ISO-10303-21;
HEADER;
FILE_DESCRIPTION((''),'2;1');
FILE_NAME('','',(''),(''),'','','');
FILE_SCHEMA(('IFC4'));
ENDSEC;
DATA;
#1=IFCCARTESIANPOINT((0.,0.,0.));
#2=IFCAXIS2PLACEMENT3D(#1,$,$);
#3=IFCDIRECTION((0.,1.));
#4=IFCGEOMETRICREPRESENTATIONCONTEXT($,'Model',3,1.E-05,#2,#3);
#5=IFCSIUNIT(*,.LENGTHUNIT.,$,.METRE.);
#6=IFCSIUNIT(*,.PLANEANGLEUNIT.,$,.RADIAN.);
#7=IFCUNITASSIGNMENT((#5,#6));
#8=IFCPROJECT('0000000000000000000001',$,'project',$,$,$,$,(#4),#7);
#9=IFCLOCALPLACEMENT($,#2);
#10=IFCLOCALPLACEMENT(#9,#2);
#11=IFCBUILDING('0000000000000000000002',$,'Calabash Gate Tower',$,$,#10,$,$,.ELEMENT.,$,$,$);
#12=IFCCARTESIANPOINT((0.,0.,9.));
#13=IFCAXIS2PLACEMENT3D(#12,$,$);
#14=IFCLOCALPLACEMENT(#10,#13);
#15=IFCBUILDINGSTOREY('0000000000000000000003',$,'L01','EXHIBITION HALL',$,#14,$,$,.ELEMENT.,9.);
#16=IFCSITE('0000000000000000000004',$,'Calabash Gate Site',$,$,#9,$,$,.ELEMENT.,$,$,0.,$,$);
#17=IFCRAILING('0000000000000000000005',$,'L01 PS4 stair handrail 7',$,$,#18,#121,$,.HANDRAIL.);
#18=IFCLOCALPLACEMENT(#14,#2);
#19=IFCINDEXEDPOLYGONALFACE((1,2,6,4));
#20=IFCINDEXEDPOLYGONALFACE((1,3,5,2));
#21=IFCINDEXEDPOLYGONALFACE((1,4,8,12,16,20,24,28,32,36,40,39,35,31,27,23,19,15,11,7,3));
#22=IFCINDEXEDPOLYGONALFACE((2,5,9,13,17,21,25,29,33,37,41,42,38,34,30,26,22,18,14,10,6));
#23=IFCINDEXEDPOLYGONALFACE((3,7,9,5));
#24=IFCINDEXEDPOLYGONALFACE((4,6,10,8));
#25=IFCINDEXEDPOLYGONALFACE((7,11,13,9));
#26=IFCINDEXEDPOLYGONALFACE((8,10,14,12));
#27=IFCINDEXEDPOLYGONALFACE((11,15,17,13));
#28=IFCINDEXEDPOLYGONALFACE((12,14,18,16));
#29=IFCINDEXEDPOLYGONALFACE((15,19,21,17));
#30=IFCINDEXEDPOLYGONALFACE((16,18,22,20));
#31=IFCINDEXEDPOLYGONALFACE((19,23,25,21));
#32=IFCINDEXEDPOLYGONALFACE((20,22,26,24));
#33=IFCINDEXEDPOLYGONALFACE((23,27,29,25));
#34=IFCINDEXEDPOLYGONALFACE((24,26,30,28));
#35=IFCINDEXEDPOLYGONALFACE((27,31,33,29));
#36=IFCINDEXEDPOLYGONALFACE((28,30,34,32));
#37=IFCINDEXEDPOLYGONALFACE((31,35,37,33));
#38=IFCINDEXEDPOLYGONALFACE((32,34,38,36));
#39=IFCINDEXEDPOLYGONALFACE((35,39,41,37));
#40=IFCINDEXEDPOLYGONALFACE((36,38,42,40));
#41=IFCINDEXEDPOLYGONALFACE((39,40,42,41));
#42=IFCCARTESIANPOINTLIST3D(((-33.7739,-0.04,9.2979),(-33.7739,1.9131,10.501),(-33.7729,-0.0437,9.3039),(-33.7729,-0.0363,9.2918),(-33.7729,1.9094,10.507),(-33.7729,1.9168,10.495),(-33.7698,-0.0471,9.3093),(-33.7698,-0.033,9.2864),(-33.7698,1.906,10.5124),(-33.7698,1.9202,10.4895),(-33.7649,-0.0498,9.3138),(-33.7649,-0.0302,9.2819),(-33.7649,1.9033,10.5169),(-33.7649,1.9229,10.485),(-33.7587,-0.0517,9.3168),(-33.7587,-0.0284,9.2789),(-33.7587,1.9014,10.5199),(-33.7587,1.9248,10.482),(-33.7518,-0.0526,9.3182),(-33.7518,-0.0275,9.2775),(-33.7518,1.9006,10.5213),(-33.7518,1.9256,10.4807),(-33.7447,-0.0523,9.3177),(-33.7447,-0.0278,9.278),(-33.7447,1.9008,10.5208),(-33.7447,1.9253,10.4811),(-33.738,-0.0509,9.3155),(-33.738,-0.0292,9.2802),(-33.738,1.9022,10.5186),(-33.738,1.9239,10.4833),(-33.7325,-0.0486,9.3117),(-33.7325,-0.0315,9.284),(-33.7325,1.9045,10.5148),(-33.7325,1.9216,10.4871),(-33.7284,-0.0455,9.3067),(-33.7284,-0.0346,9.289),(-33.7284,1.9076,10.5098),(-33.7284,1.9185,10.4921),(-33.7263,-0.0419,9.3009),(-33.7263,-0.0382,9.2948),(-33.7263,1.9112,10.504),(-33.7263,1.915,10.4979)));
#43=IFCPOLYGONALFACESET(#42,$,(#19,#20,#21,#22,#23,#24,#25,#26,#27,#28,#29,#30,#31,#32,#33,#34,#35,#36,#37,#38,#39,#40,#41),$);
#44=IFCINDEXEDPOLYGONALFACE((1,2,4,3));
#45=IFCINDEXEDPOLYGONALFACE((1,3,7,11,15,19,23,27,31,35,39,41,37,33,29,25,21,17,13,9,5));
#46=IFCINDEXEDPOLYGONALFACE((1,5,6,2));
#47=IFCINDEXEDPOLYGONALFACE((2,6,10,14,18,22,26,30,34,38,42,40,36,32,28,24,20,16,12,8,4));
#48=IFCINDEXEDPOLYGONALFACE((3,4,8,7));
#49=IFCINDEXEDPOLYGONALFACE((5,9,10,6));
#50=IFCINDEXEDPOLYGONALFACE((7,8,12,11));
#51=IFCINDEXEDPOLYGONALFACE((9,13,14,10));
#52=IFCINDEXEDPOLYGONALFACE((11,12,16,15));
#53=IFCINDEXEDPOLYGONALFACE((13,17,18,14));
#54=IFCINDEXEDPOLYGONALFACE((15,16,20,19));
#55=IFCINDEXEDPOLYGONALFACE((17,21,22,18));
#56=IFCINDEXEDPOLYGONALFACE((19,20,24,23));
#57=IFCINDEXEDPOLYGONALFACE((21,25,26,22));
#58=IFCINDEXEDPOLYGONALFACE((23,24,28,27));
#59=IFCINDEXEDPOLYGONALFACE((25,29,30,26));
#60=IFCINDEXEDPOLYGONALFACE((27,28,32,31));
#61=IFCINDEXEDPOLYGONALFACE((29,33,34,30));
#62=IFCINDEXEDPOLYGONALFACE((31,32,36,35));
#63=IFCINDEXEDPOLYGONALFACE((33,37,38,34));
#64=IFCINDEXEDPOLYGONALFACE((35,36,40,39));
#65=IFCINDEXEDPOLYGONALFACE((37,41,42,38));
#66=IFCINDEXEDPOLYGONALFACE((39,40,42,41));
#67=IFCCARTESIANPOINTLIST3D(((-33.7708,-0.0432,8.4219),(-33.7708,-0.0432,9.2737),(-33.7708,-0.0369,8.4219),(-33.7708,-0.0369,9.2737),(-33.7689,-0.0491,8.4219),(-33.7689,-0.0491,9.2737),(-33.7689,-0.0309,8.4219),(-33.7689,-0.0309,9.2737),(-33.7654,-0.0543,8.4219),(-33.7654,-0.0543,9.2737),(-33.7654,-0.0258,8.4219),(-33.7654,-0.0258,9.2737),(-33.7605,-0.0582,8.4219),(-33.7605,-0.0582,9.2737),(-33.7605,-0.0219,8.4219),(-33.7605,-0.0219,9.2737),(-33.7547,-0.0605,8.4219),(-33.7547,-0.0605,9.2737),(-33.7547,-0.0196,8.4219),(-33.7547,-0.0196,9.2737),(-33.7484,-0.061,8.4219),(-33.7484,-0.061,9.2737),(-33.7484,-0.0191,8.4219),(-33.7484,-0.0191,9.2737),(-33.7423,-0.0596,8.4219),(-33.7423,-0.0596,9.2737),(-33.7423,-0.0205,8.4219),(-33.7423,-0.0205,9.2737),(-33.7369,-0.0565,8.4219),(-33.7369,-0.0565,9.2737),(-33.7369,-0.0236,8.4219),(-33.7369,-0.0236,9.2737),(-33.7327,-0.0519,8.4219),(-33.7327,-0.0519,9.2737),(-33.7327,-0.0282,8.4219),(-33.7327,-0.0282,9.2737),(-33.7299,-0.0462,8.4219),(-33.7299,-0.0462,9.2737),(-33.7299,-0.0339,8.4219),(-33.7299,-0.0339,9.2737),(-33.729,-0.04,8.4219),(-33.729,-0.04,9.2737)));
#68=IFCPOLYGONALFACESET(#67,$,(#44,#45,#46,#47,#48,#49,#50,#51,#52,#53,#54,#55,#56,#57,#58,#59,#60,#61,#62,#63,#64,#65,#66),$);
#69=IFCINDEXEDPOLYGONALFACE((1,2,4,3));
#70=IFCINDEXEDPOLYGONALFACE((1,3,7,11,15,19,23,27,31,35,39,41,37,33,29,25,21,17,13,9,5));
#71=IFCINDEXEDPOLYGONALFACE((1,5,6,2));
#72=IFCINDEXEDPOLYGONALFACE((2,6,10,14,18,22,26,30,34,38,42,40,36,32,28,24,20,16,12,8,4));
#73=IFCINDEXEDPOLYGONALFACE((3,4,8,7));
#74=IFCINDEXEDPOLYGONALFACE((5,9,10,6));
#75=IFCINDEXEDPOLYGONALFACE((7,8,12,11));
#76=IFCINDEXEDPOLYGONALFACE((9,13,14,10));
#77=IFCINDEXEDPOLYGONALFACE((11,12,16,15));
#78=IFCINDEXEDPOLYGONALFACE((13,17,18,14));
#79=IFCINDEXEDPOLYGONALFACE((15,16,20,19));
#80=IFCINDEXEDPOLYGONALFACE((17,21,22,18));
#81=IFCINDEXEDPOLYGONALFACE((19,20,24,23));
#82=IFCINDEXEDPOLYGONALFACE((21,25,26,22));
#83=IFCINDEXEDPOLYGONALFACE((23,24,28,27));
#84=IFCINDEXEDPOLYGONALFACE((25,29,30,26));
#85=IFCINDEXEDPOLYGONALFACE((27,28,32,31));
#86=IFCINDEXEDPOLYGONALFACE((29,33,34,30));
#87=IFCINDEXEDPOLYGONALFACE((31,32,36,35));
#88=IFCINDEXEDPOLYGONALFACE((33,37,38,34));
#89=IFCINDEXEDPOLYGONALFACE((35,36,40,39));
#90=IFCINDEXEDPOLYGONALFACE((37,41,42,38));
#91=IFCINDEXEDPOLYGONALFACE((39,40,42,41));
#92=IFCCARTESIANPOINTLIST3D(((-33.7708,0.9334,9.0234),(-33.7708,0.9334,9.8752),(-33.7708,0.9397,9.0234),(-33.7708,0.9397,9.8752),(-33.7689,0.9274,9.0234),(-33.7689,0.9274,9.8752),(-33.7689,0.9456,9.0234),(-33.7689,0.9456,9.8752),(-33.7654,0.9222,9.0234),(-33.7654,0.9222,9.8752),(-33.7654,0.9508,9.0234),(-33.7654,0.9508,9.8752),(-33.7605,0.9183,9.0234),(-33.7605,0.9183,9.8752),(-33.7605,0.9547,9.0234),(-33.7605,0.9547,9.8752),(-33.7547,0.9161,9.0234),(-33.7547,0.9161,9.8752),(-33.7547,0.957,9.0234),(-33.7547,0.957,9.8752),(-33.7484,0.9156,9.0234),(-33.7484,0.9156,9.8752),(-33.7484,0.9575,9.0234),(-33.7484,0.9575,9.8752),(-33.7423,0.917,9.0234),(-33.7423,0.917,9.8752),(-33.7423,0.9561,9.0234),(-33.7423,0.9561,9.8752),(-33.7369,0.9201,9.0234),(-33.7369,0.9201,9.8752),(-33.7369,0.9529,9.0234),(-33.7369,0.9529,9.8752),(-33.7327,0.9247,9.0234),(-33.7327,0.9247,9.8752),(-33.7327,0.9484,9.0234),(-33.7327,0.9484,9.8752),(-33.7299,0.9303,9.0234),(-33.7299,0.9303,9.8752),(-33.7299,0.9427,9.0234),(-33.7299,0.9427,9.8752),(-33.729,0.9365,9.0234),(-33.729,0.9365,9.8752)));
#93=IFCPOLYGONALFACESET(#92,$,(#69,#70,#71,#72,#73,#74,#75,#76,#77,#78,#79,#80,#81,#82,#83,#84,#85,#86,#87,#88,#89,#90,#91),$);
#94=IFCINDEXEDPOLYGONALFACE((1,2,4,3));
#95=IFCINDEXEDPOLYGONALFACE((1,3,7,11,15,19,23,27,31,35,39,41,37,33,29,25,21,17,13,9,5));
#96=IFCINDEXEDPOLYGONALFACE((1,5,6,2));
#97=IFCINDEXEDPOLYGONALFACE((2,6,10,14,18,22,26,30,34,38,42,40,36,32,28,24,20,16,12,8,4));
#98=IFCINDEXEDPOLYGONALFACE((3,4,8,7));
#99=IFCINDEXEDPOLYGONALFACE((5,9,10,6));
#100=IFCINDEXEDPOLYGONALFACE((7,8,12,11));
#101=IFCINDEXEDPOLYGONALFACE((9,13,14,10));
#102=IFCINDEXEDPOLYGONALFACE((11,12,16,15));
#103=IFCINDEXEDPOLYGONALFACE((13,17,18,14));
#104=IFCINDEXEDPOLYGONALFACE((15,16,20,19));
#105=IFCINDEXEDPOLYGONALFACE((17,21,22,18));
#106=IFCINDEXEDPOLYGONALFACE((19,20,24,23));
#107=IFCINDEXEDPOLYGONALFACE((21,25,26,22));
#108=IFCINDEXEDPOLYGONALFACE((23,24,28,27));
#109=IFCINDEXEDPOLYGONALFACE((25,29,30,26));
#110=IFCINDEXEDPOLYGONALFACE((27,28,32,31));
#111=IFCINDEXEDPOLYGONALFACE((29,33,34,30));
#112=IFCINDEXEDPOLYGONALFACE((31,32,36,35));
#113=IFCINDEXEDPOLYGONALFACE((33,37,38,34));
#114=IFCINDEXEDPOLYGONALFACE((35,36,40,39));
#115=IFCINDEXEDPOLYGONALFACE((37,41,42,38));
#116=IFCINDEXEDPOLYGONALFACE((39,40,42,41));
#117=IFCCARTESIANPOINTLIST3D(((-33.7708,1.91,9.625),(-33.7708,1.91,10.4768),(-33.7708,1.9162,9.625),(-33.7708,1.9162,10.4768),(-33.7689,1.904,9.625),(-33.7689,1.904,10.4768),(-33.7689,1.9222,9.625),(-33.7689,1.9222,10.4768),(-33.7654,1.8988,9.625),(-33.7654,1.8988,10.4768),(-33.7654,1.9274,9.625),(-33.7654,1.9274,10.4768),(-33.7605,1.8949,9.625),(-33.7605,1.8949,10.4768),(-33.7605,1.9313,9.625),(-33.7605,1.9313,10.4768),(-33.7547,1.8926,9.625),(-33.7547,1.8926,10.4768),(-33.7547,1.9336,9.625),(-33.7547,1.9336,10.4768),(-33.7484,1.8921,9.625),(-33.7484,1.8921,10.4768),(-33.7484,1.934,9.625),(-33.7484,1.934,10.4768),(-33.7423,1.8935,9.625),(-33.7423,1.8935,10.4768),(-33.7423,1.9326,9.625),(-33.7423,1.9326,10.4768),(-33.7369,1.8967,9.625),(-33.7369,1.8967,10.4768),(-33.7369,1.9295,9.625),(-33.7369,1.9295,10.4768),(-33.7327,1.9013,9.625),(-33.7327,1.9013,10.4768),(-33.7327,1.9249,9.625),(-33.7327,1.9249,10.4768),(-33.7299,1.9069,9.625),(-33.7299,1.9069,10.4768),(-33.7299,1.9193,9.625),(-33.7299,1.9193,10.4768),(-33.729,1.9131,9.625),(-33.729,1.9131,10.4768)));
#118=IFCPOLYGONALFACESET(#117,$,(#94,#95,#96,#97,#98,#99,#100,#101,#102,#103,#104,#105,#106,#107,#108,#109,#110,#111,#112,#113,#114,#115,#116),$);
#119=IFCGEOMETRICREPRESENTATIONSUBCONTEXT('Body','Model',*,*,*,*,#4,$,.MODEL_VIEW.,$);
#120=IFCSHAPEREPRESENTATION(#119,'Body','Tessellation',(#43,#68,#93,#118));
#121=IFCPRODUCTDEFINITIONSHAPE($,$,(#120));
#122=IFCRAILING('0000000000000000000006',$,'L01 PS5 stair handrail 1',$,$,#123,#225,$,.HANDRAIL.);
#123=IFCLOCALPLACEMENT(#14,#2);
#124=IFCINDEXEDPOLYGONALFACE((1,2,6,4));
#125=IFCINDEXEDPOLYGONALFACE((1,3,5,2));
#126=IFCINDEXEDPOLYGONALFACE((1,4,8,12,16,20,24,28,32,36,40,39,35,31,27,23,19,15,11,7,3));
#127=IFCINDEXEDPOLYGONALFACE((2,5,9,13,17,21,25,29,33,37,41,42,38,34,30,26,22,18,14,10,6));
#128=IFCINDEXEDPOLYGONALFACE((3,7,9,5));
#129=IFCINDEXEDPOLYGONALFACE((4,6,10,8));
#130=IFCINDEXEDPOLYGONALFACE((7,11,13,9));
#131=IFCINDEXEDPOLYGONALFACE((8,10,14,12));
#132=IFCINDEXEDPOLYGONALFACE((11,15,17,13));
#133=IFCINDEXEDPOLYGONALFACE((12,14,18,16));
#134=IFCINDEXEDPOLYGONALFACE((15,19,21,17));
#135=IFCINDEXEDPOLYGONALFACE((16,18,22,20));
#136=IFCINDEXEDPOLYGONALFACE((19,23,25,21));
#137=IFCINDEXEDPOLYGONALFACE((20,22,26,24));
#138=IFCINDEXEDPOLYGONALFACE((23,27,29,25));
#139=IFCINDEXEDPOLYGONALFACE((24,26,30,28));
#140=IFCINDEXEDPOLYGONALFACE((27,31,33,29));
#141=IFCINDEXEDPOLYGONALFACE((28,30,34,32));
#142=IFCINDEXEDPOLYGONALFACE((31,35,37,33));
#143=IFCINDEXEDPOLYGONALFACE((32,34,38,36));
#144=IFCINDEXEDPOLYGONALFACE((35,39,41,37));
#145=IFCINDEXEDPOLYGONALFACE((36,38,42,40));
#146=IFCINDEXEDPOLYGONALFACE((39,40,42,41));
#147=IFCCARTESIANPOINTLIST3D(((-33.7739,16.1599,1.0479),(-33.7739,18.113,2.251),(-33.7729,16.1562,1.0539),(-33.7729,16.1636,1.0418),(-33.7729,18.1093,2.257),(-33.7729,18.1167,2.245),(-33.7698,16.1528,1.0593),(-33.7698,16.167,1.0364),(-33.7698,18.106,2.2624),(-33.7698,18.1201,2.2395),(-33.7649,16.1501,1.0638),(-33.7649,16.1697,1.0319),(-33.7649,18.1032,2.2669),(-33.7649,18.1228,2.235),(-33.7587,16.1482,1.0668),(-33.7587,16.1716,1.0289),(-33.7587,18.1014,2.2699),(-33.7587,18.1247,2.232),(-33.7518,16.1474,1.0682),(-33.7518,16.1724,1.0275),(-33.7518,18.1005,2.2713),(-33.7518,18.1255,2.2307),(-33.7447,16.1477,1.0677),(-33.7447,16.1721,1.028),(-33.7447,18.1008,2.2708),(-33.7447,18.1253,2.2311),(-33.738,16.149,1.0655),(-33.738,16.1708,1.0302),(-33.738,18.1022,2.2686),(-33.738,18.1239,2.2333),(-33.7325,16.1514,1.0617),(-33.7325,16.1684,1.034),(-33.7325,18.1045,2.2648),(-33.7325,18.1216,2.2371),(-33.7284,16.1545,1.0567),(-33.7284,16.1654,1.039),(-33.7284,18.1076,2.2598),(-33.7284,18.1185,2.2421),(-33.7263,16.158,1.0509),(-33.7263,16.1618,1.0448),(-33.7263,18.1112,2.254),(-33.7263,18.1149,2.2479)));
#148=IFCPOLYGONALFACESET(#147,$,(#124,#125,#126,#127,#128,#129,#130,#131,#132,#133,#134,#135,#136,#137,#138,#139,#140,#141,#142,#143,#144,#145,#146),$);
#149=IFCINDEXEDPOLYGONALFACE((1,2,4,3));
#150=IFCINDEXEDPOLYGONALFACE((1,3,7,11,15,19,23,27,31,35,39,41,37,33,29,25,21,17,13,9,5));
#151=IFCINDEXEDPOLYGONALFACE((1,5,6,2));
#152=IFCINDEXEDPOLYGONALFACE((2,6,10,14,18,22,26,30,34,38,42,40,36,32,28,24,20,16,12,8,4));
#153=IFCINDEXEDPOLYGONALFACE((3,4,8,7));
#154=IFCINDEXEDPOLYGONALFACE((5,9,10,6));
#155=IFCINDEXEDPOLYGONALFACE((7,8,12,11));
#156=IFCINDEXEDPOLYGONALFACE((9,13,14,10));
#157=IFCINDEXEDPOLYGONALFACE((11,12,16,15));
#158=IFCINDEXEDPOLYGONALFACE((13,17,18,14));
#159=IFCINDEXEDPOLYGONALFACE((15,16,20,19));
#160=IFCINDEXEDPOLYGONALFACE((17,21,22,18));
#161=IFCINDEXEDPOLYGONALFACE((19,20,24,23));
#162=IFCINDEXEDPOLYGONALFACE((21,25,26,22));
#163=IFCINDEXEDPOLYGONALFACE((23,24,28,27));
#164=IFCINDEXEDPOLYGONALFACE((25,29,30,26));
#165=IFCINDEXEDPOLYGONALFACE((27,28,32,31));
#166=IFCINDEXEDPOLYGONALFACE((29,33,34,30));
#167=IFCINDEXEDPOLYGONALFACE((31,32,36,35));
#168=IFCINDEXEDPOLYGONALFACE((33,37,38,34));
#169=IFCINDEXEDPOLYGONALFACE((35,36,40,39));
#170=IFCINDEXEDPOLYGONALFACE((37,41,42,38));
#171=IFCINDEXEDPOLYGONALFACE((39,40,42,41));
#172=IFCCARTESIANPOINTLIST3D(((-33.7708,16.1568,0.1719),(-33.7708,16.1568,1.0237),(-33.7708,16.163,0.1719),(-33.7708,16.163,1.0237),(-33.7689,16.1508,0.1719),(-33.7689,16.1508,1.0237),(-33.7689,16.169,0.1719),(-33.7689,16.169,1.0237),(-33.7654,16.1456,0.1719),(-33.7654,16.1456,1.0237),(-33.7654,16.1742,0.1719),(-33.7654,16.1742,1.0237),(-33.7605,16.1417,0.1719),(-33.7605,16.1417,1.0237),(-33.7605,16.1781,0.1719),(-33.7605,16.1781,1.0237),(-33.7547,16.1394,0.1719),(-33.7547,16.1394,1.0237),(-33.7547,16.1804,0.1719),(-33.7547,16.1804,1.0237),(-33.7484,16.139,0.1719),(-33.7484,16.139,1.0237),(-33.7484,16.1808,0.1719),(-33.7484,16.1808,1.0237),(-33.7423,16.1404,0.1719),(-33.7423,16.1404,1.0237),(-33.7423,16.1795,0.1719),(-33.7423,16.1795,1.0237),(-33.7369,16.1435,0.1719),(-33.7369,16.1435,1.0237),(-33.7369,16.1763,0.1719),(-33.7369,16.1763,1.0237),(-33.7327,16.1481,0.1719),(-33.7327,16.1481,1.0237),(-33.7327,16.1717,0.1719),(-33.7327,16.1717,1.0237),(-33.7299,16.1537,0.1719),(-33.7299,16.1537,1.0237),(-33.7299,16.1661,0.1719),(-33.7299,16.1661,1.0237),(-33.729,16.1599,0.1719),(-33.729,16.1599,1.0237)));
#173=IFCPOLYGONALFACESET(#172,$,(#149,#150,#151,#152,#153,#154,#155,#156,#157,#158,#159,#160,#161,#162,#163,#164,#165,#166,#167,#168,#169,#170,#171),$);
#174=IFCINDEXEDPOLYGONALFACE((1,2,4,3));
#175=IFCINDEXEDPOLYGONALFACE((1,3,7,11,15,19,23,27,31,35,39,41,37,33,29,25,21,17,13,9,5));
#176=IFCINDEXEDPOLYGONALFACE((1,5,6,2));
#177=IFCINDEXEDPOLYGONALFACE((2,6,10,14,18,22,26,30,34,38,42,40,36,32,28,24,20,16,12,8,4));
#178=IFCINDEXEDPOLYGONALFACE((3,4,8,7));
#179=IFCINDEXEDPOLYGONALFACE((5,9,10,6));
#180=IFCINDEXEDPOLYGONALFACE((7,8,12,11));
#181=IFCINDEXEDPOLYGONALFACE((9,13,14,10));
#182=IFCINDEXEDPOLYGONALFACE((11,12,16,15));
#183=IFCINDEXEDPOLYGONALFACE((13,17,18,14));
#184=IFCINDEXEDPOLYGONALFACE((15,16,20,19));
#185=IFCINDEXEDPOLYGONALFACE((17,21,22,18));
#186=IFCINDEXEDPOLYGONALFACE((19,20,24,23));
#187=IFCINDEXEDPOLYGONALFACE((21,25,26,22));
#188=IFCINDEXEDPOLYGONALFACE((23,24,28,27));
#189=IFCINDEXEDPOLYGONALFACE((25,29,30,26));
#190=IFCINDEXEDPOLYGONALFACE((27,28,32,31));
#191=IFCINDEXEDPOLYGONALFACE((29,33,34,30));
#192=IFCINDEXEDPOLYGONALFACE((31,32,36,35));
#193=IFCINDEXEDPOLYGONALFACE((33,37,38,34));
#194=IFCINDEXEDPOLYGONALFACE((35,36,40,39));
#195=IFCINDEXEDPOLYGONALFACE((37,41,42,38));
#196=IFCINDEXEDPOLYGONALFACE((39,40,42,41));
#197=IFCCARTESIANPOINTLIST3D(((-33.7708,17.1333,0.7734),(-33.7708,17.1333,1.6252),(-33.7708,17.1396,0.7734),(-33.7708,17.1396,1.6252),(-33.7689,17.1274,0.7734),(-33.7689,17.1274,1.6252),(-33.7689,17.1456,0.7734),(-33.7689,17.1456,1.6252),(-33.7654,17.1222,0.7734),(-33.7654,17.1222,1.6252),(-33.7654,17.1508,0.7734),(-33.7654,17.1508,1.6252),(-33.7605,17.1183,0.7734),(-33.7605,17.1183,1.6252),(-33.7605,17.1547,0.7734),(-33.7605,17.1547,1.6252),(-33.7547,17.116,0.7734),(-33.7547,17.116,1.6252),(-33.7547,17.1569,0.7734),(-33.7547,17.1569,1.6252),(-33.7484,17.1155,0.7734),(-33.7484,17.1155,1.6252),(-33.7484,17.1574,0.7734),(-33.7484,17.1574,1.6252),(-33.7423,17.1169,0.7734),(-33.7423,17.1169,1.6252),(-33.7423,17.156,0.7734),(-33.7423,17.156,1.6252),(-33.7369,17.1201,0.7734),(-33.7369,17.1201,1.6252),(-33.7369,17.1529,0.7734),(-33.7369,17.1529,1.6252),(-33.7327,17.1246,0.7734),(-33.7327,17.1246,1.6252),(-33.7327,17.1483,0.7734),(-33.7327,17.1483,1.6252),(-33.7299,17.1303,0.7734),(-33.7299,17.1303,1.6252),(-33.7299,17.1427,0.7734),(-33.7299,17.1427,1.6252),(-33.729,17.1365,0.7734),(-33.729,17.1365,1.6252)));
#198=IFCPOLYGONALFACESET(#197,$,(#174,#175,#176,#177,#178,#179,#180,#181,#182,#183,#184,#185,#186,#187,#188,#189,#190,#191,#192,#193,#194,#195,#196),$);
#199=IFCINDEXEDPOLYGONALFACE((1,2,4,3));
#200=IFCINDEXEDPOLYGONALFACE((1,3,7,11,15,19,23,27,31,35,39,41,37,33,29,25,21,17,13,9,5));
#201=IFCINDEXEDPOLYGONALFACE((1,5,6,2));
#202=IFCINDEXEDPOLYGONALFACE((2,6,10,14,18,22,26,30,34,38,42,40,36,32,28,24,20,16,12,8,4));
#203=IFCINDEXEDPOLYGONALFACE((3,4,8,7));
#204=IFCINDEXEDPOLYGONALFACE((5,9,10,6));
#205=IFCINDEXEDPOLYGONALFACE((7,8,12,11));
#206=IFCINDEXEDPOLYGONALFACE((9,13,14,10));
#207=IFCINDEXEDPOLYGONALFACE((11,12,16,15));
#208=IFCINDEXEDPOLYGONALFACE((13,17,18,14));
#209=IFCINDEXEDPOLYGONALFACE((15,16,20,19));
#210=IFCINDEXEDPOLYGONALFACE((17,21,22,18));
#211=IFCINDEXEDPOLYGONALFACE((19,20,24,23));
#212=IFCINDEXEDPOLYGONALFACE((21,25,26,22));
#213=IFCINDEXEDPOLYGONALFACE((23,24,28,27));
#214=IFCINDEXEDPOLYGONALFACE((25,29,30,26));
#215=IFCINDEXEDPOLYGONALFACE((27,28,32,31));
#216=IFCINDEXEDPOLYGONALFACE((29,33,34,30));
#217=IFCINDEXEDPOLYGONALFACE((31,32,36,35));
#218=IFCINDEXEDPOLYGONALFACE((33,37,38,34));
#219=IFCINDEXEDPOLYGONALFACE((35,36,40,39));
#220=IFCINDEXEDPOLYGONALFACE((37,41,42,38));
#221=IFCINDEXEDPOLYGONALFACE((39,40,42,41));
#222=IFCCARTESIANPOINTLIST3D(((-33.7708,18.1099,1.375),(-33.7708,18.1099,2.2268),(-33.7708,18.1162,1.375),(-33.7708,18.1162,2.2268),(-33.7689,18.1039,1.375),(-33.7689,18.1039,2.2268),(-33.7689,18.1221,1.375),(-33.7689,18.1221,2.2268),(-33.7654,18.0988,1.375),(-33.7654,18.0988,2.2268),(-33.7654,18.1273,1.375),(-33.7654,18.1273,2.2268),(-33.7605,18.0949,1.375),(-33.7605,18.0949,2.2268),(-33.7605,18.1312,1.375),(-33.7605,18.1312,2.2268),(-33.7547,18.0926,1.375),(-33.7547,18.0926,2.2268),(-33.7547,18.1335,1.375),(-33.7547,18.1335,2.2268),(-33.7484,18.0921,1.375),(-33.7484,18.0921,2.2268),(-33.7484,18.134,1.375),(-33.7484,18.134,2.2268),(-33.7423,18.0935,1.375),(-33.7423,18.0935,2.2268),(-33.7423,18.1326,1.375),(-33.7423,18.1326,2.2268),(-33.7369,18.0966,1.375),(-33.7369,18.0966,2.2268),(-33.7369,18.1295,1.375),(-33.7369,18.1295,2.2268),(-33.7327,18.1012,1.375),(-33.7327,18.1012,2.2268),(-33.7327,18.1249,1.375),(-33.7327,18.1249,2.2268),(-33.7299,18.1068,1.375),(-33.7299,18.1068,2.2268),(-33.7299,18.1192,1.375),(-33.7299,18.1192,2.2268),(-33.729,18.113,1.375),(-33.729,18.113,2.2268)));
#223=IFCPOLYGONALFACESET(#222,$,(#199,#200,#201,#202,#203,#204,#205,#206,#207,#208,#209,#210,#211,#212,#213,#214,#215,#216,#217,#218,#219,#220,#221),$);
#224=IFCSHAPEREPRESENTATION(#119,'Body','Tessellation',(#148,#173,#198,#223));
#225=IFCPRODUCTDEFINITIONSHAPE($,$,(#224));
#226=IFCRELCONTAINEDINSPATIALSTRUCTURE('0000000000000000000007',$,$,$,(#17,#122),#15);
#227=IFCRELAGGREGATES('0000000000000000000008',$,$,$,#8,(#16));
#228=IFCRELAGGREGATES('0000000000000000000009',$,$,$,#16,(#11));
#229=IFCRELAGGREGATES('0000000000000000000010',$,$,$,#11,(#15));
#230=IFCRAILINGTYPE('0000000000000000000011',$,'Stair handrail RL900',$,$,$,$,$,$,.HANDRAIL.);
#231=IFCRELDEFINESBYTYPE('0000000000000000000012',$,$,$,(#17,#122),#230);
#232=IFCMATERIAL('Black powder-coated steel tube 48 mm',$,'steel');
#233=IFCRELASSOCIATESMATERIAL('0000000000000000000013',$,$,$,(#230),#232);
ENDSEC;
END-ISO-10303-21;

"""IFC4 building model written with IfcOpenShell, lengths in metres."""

from ifc_helpers import new_model, si_unit, direction, frame, origin, origin_2d, place, context, subcontext, project, spatial, circle, extrude, material, type_object, element, save


model = new_model("IFC4")

# Units and contexts
model_context = context("Model", 3, precision=1e-05, world=origin(), true_north=direction((0.0, 1.0)))
body_context = subcontext(model_context, "Body", "Model", "MODEL_VIEW")
ifc_project = project(units=[si_unit("LENGTHUNIT", "METRE"), si_unit("PLANEANGLEUNIT", "RADIAN")], contexts=[model_context])

# Site, building, storey
site_placement = place(None, origin())
site = spatial("IfcSite", under=ifc_project, at=site_placement, Name="Calabash Gate Site", CompositionType="ELEMENT", RefElevation=0.0)
building_placement = place(site_placement, origin())
building = spatial("IfcBuilding", under=site, at=building_placement, Name="Calabash Gate Tower", CompositionType="ELEMENT")
storey_placement = place(building_placement, frame((0.0, 0.0, 9.0)))
storey = spatial("IfcBuildingStorey", under=building, at=storey_placement, Name="L01", Description="EXHIBITION HALL", CompositionType="ELEMENT", Elevation=9.0)

# Railings
ifc_material_1 = material(Name="Black powder-coated steel tube 48 mm", Category="steel")
railing_type = type_object("IfcRailingType", Name="Stair handrail RL900", PredefinedType="HANDRAIL", material=ifc_material_1)
for number, where, name in (
    (1, (-33.75, -0.04, 8.4219), "L01 PS4 stair handrail 7"),
    (2, (-33.75, 16.1599, 0.1719), "L01 PS5 stair handrail 1"),
):
    element("IfcRailing", number, at=place(storey_placement, frame(where)), inside=storey, type_object=railing_type, Name=name, PredefinedType="HANDRAIL", context=body_context, shape_type="SweptSolid", body=[
        extrude(circle(Radius=0.0239, at=origin_2d()), frame((0.0, 0.0, 0.876), z_axis=(0.0, 0.851424, 0.524477), x_axis=(-1.0, 0.0, 0.0)), (0.0, 0.0, 1.0), 2.2939),
        extrude(circle(Radius=0.021, at=origin_2d()), origin(), (0.0, 0.0, 1.0), 0.8518),
        extrude(circle(Radius=0.021, at=origin_2d()), frame((0.0, 0.9766, 0.6016)), (0.0, 0.0, 1.0), 0.8518),
        extrude(circle(Radius=0.021, at=origin_2d()), frame((0.0, 1.9531, 1.2031)), (0.0, 0.0, 1.0), 0.8518),
    ])

save(model, "model.ifc")
